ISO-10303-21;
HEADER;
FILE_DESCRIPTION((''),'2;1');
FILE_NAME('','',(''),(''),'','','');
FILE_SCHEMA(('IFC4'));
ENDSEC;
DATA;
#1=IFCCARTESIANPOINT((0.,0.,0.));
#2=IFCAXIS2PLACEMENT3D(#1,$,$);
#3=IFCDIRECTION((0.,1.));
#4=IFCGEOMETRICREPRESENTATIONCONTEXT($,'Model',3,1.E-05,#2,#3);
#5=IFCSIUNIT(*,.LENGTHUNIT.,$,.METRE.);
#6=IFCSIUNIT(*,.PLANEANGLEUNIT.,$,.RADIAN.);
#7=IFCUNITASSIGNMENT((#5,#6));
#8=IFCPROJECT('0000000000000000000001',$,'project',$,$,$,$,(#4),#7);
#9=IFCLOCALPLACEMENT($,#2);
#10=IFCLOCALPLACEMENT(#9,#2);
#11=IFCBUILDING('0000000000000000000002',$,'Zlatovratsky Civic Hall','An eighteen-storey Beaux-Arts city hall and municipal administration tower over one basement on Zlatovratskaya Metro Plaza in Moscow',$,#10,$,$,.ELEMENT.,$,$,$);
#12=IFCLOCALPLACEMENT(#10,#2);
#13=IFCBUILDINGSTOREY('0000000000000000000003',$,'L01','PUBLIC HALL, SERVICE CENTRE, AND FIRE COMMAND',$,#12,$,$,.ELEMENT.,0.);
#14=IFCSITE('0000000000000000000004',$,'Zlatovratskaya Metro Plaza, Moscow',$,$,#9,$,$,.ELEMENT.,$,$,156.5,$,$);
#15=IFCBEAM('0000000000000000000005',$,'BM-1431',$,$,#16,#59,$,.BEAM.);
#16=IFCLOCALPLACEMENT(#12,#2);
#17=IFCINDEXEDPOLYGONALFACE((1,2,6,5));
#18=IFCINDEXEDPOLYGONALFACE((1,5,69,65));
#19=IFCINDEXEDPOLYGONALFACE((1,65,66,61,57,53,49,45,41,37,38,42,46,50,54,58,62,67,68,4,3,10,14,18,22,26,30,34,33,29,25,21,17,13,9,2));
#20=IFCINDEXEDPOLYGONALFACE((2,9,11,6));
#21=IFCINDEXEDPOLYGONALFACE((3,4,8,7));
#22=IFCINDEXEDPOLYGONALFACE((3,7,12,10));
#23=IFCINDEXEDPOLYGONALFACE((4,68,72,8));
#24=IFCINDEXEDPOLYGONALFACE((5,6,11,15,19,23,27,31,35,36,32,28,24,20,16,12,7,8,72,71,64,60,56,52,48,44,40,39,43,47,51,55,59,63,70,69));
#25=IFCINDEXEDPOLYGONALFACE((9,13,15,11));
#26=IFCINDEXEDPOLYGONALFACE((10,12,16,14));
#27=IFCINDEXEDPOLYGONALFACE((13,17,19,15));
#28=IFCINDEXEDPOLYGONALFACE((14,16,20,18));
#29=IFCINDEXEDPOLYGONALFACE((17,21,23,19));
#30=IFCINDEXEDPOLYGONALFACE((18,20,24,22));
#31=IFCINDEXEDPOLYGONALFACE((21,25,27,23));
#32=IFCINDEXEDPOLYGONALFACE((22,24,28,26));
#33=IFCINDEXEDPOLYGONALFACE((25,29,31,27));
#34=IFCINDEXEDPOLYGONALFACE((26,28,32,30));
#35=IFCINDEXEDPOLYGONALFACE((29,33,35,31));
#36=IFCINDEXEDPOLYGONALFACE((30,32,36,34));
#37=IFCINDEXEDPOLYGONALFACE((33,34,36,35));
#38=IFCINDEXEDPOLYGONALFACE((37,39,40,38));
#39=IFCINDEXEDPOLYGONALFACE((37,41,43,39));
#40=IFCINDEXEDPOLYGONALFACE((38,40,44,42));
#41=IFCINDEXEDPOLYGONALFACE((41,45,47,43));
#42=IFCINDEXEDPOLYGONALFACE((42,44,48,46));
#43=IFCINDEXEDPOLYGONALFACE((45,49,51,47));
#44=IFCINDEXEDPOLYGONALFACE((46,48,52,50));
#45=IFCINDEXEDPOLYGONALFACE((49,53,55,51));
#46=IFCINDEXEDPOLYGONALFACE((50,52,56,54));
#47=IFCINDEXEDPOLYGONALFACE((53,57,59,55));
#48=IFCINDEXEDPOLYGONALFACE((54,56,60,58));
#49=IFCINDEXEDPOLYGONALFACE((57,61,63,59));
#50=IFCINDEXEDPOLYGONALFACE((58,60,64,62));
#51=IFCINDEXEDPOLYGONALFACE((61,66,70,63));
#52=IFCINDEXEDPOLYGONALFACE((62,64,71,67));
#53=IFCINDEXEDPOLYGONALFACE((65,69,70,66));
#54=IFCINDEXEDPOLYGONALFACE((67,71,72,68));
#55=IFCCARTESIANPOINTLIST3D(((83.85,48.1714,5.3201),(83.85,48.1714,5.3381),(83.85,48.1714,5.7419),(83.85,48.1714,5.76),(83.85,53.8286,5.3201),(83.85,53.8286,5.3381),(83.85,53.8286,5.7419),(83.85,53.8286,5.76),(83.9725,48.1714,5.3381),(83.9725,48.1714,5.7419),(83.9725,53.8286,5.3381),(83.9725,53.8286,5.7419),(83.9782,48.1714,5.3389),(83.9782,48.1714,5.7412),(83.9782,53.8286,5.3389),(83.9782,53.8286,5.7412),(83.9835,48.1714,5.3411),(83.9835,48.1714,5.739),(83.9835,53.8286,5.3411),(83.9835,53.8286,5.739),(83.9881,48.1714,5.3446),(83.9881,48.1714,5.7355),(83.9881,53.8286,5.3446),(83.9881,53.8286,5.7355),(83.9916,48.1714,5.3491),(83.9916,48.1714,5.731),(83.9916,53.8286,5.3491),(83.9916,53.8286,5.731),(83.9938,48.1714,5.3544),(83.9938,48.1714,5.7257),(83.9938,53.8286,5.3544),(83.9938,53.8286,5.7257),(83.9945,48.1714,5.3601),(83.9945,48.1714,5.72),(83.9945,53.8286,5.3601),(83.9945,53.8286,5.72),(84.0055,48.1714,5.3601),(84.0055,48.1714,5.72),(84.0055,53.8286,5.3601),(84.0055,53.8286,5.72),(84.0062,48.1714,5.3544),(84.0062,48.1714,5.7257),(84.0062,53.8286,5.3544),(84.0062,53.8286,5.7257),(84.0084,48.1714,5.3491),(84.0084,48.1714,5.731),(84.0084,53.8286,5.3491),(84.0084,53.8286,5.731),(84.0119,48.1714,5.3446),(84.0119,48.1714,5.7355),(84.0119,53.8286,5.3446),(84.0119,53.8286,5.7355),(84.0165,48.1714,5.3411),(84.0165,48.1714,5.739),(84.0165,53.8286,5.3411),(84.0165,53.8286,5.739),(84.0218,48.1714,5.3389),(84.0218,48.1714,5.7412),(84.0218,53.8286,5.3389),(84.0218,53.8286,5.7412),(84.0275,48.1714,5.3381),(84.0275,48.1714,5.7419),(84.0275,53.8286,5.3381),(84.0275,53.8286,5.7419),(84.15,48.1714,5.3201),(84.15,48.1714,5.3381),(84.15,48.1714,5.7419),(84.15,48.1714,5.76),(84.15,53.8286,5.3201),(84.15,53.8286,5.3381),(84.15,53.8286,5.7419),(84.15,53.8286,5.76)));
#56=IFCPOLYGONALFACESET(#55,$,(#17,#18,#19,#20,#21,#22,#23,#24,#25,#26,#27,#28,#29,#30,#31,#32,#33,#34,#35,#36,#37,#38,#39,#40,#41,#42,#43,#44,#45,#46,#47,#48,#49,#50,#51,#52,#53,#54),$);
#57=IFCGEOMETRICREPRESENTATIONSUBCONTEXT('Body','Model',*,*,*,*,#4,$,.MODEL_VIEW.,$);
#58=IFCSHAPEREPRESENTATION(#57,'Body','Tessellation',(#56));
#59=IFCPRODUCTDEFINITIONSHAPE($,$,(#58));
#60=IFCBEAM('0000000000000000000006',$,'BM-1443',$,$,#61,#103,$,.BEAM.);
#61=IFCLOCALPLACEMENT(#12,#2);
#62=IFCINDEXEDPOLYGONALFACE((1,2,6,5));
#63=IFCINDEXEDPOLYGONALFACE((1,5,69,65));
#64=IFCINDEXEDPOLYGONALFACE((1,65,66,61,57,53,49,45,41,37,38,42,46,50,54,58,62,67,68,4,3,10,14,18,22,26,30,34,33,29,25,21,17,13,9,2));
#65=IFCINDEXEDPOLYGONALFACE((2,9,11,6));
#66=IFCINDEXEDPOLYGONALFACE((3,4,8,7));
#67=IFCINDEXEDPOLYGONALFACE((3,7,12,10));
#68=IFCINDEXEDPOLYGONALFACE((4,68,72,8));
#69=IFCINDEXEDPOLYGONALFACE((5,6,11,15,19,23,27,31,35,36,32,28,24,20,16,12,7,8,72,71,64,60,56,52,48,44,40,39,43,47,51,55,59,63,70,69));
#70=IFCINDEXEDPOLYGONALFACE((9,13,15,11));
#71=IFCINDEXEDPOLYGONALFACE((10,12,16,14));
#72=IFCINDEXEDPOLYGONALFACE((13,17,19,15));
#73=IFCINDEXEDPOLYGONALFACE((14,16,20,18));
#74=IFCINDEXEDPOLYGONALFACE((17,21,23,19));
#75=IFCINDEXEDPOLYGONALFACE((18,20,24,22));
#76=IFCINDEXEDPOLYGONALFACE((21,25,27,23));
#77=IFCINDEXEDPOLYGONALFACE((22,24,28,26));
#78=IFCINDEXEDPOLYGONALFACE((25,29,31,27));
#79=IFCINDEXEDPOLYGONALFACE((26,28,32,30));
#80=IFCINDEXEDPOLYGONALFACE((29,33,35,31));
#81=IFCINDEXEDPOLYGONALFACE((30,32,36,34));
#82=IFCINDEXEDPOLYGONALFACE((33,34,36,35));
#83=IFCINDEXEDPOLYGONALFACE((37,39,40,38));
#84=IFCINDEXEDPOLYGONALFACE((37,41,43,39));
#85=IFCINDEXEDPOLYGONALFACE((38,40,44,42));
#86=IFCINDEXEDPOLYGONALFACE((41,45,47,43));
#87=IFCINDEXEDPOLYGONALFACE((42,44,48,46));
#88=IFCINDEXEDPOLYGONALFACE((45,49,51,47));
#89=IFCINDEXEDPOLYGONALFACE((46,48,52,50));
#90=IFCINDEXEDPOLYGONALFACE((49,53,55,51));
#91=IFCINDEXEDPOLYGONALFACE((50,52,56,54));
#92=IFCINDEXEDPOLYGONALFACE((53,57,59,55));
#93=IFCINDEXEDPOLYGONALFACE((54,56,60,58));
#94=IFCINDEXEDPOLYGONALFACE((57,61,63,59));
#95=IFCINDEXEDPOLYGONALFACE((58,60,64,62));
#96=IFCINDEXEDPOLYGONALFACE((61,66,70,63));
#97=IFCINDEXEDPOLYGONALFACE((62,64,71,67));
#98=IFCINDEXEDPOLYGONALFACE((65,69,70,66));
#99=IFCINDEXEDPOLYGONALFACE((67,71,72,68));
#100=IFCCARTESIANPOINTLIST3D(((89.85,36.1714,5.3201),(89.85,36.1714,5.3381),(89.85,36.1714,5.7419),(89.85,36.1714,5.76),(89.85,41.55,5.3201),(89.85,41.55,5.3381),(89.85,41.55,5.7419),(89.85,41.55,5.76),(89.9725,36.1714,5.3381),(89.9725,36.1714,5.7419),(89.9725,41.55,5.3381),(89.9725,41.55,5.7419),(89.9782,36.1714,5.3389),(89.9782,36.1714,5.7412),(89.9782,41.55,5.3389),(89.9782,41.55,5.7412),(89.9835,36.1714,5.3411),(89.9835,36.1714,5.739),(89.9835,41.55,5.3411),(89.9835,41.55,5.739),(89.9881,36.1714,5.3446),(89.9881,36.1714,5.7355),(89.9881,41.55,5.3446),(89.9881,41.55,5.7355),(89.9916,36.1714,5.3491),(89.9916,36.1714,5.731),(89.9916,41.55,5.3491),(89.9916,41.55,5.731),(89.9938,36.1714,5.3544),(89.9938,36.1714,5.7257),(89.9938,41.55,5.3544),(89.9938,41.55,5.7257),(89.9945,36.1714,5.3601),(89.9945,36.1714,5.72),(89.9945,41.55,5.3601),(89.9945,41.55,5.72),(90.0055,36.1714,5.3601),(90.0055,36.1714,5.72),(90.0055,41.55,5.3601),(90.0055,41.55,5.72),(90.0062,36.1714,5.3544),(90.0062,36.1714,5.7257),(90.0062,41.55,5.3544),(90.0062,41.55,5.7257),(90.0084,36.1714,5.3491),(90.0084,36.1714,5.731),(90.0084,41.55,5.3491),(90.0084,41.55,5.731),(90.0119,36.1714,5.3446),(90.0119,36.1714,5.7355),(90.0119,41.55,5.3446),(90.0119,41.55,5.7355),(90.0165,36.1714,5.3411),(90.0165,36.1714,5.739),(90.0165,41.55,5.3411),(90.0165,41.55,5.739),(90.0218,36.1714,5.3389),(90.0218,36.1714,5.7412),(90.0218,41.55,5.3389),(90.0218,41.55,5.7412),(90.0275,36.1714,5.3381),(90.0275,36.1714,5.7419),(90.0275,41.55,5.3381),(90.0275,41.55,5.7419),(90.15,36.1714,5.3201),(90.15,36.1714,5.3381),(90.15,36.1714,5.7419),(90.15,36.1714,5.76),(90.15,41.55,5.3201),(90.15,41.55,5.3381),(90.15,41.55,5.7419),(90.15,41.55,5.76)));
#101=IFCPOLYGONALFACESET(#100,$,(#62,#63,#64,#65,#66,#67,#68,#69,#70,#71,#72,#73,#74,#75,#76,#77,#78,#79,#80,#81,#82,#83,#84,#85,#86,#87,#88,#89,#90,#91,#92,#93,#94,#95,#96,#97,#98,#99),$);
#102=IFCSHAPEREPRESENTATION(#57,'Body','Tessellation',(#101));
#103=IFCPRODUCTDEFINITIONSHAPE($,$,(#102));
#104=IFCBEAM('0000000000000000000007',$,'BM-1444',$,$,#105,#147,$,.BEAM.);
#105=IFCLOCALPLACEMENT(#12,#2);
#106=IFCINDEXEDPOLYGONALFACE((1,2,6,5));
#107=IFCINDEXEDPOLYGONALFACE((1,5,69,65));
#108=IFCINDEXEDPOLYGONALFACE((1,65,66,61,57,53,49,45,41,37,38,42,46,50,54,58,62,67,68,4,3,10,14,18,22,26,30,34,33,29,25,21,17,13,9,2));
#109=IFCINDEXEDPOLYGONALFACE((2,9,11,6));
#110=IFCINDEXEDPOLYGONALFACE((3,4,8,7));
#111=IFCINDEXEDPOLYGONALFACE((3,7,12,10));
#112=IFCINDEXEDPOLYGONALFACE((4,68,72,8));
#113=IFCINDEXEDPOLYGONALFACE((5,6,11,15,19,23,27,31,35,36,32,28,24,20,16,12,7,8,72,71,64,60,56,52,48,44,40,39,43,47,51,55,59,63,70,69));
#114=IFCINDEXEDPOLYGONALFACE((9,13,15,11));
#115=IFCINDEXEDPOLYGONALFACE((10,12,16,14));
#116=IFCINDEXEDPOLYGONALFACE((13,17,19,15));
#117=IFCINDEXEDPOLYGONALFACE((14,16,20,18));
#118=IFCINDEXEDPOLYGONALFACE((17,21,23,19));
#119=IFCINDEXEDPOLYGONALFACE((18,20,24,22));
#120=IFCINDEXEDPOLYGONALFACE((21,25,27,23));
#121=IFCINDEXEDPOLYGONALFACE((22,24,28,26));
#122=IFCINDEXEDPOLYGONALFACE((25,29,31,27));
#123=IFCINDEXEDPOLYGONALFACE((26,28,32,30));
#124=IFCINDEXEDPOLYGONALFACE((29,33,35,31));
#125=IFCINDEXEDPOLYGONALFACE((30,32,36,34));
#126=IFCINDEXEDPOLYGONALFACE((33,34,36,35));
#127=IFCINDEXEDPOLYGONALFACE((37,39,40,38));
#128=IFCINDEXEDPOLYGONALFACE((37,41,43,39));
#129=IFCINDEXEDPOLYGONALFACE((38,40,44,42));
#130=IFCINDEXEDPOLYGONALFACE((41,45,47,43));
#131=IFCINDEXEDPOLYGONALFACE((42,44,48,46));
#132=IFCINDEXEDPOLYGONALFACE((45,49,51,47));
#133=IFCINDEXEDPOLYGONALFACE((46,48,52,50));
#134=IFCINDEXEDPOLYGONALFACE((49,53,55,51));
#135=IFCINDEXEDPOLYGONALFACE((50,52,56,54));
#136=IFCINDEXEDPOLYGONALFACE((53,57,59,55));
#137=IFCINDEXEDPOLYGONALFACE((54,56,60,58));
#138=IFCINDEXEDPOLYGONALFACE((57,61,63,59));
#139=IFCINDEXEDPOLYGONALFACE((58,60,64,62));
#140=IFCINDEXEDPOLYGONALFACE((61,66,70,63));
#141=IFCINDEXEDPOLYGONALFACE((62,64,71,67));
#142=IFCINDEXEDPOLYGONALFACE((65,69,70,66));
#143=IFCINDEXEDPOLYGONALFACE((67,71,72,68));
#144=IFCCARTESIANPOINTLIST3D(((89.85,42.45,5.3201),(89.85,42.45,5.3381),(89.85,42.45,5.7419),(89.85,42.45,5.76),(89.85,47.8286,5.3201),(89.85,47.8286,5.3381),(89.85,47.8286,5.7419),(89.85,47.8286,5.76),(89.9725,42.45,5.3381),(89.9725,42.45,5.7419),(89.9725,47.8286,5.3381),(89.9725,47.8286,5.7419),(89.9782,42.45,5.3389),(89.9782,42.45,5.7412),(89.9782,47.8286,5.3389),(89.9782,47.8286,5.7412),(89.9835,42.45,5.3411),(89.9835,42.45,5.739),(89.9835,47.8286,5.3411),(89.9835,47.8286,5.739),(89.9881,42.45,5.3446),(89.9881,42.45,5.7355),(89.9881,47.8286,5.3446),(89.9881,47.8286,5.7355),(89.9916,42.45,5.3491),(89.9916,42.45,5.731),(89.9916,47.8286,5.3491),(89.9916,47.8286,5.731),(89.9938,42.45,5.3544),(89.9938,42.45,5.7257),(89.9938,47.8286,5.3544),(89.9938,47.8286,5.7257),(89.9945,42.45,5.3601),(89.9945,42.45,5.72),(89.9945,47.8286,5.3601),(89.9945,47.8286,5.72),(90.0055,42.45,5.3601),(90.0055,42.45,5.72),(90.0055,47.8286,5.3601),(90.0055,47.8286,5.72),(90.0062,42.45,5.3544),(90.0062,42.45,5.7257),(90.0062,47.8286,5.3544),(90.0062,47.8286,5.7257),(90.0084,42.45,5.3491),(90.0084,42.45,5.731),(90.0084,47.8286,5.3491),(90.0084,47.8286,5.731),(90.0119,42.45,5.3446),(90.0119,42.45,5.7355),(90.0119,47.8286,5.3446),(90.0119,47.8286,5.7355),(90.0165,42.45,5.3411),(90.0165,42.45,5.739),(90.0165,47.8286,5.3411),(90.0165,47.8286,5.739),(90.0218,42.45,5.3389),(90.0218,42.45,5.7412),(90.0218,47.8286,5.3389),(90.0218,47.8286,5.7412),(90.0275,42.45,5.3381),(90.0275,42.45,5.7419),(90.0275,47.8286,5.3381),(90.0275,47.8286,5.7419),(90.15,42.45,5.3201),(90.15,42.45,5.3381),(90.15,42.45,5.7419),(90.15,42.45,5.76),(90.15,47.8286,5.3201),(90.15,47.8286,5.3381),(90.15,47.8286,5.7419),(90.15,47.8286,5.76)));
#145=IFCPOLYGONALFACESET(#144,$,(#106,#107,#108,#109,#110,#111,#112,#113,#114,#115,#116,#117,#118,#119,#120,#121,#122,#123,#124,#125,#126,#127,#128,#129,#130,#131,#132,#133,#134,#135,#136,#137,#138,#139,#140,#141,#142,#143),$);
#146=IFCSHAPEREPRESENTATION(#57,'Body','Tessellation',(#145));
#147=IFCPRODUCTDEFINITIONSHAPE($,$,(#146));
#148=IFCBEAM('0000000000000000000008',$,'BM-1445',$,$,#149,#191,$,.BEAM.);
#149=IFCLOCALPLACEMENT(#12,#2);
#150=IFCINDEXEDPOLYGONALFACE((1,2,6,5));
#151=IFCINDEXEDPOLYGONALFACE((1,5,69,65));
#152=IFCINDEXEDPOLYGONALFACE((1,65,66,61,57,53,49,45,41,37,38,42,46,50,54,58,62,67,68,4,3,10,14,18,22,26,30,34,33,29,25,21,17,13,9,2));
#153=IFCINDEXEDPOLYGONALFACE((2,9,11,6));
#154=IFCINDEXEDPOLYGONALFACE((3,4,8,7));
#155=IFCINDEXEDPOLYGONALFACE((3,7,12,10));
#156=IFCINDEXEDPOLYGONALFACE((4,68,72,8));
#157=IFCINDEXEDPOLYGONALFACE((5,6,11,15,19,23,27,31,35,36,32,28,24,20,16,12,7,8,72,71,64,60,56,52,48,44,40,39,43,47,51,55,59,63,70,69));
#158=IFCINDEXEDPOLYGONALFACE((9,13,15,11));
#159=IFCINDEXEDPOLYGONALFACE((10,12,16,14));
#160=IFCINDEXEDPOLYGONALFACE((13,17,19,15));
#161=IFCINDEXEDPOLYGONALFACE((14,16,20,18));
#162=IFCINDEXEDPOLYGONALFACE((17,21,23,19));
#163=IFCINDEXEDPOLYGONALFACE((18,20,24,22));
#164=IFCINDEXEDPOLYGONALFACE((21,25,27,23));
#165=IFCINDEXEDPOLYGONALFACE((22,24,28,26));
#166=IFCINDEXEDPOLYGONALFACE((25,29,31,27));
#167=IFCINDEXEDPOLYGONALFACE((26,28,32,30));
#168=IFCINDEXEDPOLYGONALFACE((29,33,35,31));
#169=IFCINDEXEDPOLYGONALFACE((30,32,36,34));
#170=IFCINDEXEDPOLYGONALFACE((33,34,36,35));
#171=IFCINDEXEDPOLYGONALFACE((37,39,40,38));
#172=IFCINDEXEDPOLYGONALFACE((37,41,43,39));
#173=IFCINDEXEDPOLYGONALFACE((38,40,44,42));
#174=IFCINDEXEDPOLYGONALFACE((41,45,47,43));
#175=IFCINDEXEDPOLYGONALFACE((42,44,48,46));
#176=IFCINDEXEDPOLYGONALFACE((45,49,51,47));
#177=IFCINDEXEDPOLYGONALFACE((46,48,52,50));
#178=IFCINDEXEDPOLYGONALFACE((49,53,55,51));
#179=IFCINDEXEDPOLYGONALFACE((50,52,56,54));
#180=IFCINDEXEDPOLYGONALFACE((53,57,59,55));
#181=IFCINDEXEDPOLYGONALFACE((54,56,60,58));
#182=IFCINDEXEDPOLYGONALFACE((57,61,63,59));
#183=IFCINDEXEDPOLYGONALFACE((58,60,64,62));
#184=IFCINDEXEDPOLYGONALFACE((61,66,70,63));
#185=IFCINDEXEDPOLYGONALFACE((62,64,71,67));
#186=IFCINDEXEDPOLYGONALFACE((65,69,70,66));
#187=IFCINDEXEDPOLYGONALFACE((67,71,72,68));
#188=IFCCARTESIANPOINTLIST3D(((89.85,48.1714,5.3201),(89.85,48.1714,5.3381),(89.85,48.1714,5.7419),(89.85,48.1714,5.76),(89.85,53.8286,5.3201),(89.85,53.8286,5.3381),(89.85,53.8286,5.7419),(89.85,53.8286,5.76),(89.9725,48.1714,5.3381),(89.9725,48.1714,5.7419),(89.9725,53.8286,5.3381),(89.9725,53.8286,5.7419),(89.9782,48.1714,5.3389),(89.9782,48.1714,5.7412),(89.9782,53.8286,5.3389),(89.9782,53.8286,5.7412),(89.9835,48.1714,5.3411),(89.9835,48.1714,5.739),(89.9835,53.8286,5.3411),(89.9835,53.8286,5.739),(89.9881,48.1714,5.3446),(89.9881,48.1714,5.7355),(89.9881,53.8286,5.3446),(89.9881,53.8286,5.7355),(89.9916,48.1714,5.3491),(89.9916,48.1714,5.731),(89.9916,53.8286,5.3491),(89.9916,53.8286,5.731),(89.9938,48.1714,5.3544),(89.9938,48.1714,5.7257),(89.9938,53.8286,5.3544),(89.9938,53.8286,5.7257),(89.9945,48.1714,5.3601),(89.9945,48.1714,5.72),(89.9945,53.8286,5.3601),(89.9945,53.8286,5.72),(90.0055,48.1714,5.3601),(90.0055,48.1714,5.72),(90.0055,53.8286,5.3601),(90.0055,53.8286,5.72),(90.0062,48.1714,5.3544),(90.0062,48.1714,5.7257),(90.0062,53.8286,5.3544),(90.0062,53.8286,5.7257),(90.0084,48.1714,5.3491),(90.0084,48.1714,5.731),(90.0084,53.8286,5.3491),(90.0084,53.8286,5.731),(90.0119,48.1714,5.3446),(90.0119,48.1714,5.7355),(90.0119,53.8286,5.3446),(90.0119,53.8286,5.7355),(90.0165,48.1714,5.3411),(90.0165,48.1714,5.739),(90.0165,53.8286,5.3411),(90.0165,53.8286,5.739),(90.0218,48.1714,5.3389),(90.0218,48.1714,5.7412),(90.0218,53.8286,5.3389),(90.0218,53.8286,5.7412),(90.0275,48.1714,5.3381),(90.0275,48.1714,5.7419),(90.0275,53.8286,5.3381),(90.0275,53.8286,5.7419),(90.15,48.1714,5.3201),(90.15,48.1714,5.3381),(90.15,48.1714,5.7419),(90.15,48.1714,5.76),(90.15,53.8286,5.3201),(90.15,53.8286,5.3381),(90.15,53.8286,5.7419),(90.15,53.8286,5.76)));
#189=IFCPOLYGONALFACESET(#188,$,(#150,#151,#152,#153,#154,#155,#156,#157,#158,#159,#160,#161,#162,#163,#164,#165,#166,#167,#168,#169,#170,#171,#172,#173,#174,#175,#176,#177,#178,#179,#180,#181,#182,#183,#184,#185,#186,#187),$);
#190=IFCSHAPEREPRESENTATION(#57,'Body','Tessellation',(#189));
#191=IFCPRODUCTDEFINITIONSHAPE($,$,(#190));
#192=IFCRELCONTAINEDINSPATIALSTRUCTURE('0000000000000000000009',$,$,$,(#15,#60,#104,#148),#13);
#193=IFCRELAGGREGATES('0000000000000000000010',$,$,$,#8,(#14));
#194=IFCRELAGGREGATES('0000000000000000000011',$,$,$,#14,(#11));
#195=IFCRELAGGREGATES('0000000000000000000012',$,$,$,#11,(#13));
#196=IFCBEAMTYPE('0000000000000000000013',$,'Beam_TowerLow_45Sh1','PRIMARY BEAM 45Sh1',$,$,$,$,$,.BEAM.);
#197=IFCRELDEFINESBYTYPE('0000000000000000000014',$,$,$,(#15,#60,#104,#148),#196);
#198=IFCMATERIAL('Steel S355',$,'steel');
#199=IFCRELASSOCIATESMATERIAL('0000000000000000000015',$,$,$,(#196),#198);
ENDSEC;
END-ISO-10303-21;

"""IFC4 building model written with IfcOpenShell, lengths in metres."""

from ifc_helpers import new_model, si_unit, direction, frame, origin, origin_2d, place, context, subcontext, project, spatial, i_section, extrude, material, material_profile, profile_set, type_object, element, save


model = new_model("IFC4")

# Units and contexts
model_context = context("Model", 3, precision=1e-05, world=origin(), true_north=direction((0.0, 1.0)))
body_context = subcontext(model_context, "Body", "Model", "MODEL_VIEW")
ifc_project = project(units=[si_unit("LENGTHUNIT", "METRE"), si_unit("PLANEANGLEUNIT", "RADIAN")], contexts=[model_context])

# Site, building, storey
site_placement = place(None, origin())
site = spatial("IfcSite", under=ifc_project, at=site_placement, Name="Zlatovratskaya Metro Plaza, Moscow", CompositionType="ELEMENT", RefElevation=156.5)
building_placement = place(site_placement, origin())
building = spatial("IfcBuilding", under=site, at=building_placement, Name="Zlatovratsky Civic Hall", Description="An eighteen-storey Beaux-Arts city hall and municipal administration tower over one basement on Zlatovratskaya Metro Plaza in Moscow", CompositionType="ELEMENT")
storey_placement = place(building_placement, origin())
storey = spatial("IfcBuildingStorey", under=building, at=storey_placement, Name="L01", Description="PUBLIC HALL, SERVICE CENTRE, AND FIRE COMMAND", CompositionType="ELEMENT", Elevation=0.0)

# Shared definitions
ifc_material_1 = material(Name="Steel S355", Category="steel")

# Beams
ifc_material_profile_1 = material_profile(ifc_material_1, i_section(OverallWidth=0.3, OverallDepth=0.4399, WebThickness=0.011, FlangeThickness=0.0181, FilletRadius=0.022, at=origin_2d()), Name="45Sh1")
ifc_profile_set_1 = profile_set([ifc_material_profile_1], Name="Steel S355")
beam_type = type_object("IfcBeamType", Name="Beam_TowerLow_45Sh1", Description="PRIMARY BEAM 45Sh1", PredefinedType="BEAM", material=ifc_profile_set_1)
beam_1_placement = place(storey_placement, frame((84.0, 48.1714, 5.54), z_axis=(0.0, 1.0, 0.0), x_axis=(-1.0, 0.0, 0.0)))
element("IfcBeam", 1, at=beam_1_placement, inside=storey, type_object=beam_type, Name="BM-1431", PredefinedType="BEAM", context=body_context, shape_type="SweptSolid", body=[
    extrude(i_section(OverallWidth=0.3, OverallDepth=0.4399, WebThickness=0.011, FlangeThickness=0.0181, FilletRadius=0.022, at=origin_2d()), origin(), (0.0, 0.0, 1.0), 5.6572),
])
for number, where, z_axis, x_axis, name in (
    (2, (90.0, 36.1714, 5.54), (0.0, 1.0, 0.0), (-1.0, 0.0, 0.0), "BM-1443"),
    (3, (90.0, 42.45, 5.54), (0.0, 1.0, 0.0), (-1.0, 0.0, 0.0), "BM-1444"),
):
    element("IfcBeam", number, at=place(storey_placement, frame(where, z_axis=z_axis, x_axis=x_axis)), inside=storey, type_object=beam_type, Name=name, PredefinedType="BEAM", context=body_context, shape_type="SweptSolid", body=[
        extrude(i_section(OverallWidth=0.3, OverallDepth=0.4399, WebThickness=0.011, FlangeThickness=0.0181, FilletRadius=0.022, at=origin_2d()), origin(), (0.0, 0.0, 1.0), 5.3787),
    ])
beam_2_placement = place(storey_placement, frame((90.0, 48.1714, 5.54), z_axis=(0.0, 1.0, 0.0), x_axis=(-1.0, 0.0, 0.0)))
element("IfcBeam", 4, at=beam_2_placement, inside=storey, type_object=beam_type, Name="BM-1445", PredefinedType="BEAM", context=body_context, shape_type="SweptSolid", body=[
    extrude(i_section(OverallWidth=0.3, OverallDepth=0.4399, WebThickness=0.011, FlangeThickness=0.0181, FilletRadius=0.022, at=origin_2d()), origin(), (0.0, 0.0, 1.0), 5.6572),
])

save(model, "model.ifc")
